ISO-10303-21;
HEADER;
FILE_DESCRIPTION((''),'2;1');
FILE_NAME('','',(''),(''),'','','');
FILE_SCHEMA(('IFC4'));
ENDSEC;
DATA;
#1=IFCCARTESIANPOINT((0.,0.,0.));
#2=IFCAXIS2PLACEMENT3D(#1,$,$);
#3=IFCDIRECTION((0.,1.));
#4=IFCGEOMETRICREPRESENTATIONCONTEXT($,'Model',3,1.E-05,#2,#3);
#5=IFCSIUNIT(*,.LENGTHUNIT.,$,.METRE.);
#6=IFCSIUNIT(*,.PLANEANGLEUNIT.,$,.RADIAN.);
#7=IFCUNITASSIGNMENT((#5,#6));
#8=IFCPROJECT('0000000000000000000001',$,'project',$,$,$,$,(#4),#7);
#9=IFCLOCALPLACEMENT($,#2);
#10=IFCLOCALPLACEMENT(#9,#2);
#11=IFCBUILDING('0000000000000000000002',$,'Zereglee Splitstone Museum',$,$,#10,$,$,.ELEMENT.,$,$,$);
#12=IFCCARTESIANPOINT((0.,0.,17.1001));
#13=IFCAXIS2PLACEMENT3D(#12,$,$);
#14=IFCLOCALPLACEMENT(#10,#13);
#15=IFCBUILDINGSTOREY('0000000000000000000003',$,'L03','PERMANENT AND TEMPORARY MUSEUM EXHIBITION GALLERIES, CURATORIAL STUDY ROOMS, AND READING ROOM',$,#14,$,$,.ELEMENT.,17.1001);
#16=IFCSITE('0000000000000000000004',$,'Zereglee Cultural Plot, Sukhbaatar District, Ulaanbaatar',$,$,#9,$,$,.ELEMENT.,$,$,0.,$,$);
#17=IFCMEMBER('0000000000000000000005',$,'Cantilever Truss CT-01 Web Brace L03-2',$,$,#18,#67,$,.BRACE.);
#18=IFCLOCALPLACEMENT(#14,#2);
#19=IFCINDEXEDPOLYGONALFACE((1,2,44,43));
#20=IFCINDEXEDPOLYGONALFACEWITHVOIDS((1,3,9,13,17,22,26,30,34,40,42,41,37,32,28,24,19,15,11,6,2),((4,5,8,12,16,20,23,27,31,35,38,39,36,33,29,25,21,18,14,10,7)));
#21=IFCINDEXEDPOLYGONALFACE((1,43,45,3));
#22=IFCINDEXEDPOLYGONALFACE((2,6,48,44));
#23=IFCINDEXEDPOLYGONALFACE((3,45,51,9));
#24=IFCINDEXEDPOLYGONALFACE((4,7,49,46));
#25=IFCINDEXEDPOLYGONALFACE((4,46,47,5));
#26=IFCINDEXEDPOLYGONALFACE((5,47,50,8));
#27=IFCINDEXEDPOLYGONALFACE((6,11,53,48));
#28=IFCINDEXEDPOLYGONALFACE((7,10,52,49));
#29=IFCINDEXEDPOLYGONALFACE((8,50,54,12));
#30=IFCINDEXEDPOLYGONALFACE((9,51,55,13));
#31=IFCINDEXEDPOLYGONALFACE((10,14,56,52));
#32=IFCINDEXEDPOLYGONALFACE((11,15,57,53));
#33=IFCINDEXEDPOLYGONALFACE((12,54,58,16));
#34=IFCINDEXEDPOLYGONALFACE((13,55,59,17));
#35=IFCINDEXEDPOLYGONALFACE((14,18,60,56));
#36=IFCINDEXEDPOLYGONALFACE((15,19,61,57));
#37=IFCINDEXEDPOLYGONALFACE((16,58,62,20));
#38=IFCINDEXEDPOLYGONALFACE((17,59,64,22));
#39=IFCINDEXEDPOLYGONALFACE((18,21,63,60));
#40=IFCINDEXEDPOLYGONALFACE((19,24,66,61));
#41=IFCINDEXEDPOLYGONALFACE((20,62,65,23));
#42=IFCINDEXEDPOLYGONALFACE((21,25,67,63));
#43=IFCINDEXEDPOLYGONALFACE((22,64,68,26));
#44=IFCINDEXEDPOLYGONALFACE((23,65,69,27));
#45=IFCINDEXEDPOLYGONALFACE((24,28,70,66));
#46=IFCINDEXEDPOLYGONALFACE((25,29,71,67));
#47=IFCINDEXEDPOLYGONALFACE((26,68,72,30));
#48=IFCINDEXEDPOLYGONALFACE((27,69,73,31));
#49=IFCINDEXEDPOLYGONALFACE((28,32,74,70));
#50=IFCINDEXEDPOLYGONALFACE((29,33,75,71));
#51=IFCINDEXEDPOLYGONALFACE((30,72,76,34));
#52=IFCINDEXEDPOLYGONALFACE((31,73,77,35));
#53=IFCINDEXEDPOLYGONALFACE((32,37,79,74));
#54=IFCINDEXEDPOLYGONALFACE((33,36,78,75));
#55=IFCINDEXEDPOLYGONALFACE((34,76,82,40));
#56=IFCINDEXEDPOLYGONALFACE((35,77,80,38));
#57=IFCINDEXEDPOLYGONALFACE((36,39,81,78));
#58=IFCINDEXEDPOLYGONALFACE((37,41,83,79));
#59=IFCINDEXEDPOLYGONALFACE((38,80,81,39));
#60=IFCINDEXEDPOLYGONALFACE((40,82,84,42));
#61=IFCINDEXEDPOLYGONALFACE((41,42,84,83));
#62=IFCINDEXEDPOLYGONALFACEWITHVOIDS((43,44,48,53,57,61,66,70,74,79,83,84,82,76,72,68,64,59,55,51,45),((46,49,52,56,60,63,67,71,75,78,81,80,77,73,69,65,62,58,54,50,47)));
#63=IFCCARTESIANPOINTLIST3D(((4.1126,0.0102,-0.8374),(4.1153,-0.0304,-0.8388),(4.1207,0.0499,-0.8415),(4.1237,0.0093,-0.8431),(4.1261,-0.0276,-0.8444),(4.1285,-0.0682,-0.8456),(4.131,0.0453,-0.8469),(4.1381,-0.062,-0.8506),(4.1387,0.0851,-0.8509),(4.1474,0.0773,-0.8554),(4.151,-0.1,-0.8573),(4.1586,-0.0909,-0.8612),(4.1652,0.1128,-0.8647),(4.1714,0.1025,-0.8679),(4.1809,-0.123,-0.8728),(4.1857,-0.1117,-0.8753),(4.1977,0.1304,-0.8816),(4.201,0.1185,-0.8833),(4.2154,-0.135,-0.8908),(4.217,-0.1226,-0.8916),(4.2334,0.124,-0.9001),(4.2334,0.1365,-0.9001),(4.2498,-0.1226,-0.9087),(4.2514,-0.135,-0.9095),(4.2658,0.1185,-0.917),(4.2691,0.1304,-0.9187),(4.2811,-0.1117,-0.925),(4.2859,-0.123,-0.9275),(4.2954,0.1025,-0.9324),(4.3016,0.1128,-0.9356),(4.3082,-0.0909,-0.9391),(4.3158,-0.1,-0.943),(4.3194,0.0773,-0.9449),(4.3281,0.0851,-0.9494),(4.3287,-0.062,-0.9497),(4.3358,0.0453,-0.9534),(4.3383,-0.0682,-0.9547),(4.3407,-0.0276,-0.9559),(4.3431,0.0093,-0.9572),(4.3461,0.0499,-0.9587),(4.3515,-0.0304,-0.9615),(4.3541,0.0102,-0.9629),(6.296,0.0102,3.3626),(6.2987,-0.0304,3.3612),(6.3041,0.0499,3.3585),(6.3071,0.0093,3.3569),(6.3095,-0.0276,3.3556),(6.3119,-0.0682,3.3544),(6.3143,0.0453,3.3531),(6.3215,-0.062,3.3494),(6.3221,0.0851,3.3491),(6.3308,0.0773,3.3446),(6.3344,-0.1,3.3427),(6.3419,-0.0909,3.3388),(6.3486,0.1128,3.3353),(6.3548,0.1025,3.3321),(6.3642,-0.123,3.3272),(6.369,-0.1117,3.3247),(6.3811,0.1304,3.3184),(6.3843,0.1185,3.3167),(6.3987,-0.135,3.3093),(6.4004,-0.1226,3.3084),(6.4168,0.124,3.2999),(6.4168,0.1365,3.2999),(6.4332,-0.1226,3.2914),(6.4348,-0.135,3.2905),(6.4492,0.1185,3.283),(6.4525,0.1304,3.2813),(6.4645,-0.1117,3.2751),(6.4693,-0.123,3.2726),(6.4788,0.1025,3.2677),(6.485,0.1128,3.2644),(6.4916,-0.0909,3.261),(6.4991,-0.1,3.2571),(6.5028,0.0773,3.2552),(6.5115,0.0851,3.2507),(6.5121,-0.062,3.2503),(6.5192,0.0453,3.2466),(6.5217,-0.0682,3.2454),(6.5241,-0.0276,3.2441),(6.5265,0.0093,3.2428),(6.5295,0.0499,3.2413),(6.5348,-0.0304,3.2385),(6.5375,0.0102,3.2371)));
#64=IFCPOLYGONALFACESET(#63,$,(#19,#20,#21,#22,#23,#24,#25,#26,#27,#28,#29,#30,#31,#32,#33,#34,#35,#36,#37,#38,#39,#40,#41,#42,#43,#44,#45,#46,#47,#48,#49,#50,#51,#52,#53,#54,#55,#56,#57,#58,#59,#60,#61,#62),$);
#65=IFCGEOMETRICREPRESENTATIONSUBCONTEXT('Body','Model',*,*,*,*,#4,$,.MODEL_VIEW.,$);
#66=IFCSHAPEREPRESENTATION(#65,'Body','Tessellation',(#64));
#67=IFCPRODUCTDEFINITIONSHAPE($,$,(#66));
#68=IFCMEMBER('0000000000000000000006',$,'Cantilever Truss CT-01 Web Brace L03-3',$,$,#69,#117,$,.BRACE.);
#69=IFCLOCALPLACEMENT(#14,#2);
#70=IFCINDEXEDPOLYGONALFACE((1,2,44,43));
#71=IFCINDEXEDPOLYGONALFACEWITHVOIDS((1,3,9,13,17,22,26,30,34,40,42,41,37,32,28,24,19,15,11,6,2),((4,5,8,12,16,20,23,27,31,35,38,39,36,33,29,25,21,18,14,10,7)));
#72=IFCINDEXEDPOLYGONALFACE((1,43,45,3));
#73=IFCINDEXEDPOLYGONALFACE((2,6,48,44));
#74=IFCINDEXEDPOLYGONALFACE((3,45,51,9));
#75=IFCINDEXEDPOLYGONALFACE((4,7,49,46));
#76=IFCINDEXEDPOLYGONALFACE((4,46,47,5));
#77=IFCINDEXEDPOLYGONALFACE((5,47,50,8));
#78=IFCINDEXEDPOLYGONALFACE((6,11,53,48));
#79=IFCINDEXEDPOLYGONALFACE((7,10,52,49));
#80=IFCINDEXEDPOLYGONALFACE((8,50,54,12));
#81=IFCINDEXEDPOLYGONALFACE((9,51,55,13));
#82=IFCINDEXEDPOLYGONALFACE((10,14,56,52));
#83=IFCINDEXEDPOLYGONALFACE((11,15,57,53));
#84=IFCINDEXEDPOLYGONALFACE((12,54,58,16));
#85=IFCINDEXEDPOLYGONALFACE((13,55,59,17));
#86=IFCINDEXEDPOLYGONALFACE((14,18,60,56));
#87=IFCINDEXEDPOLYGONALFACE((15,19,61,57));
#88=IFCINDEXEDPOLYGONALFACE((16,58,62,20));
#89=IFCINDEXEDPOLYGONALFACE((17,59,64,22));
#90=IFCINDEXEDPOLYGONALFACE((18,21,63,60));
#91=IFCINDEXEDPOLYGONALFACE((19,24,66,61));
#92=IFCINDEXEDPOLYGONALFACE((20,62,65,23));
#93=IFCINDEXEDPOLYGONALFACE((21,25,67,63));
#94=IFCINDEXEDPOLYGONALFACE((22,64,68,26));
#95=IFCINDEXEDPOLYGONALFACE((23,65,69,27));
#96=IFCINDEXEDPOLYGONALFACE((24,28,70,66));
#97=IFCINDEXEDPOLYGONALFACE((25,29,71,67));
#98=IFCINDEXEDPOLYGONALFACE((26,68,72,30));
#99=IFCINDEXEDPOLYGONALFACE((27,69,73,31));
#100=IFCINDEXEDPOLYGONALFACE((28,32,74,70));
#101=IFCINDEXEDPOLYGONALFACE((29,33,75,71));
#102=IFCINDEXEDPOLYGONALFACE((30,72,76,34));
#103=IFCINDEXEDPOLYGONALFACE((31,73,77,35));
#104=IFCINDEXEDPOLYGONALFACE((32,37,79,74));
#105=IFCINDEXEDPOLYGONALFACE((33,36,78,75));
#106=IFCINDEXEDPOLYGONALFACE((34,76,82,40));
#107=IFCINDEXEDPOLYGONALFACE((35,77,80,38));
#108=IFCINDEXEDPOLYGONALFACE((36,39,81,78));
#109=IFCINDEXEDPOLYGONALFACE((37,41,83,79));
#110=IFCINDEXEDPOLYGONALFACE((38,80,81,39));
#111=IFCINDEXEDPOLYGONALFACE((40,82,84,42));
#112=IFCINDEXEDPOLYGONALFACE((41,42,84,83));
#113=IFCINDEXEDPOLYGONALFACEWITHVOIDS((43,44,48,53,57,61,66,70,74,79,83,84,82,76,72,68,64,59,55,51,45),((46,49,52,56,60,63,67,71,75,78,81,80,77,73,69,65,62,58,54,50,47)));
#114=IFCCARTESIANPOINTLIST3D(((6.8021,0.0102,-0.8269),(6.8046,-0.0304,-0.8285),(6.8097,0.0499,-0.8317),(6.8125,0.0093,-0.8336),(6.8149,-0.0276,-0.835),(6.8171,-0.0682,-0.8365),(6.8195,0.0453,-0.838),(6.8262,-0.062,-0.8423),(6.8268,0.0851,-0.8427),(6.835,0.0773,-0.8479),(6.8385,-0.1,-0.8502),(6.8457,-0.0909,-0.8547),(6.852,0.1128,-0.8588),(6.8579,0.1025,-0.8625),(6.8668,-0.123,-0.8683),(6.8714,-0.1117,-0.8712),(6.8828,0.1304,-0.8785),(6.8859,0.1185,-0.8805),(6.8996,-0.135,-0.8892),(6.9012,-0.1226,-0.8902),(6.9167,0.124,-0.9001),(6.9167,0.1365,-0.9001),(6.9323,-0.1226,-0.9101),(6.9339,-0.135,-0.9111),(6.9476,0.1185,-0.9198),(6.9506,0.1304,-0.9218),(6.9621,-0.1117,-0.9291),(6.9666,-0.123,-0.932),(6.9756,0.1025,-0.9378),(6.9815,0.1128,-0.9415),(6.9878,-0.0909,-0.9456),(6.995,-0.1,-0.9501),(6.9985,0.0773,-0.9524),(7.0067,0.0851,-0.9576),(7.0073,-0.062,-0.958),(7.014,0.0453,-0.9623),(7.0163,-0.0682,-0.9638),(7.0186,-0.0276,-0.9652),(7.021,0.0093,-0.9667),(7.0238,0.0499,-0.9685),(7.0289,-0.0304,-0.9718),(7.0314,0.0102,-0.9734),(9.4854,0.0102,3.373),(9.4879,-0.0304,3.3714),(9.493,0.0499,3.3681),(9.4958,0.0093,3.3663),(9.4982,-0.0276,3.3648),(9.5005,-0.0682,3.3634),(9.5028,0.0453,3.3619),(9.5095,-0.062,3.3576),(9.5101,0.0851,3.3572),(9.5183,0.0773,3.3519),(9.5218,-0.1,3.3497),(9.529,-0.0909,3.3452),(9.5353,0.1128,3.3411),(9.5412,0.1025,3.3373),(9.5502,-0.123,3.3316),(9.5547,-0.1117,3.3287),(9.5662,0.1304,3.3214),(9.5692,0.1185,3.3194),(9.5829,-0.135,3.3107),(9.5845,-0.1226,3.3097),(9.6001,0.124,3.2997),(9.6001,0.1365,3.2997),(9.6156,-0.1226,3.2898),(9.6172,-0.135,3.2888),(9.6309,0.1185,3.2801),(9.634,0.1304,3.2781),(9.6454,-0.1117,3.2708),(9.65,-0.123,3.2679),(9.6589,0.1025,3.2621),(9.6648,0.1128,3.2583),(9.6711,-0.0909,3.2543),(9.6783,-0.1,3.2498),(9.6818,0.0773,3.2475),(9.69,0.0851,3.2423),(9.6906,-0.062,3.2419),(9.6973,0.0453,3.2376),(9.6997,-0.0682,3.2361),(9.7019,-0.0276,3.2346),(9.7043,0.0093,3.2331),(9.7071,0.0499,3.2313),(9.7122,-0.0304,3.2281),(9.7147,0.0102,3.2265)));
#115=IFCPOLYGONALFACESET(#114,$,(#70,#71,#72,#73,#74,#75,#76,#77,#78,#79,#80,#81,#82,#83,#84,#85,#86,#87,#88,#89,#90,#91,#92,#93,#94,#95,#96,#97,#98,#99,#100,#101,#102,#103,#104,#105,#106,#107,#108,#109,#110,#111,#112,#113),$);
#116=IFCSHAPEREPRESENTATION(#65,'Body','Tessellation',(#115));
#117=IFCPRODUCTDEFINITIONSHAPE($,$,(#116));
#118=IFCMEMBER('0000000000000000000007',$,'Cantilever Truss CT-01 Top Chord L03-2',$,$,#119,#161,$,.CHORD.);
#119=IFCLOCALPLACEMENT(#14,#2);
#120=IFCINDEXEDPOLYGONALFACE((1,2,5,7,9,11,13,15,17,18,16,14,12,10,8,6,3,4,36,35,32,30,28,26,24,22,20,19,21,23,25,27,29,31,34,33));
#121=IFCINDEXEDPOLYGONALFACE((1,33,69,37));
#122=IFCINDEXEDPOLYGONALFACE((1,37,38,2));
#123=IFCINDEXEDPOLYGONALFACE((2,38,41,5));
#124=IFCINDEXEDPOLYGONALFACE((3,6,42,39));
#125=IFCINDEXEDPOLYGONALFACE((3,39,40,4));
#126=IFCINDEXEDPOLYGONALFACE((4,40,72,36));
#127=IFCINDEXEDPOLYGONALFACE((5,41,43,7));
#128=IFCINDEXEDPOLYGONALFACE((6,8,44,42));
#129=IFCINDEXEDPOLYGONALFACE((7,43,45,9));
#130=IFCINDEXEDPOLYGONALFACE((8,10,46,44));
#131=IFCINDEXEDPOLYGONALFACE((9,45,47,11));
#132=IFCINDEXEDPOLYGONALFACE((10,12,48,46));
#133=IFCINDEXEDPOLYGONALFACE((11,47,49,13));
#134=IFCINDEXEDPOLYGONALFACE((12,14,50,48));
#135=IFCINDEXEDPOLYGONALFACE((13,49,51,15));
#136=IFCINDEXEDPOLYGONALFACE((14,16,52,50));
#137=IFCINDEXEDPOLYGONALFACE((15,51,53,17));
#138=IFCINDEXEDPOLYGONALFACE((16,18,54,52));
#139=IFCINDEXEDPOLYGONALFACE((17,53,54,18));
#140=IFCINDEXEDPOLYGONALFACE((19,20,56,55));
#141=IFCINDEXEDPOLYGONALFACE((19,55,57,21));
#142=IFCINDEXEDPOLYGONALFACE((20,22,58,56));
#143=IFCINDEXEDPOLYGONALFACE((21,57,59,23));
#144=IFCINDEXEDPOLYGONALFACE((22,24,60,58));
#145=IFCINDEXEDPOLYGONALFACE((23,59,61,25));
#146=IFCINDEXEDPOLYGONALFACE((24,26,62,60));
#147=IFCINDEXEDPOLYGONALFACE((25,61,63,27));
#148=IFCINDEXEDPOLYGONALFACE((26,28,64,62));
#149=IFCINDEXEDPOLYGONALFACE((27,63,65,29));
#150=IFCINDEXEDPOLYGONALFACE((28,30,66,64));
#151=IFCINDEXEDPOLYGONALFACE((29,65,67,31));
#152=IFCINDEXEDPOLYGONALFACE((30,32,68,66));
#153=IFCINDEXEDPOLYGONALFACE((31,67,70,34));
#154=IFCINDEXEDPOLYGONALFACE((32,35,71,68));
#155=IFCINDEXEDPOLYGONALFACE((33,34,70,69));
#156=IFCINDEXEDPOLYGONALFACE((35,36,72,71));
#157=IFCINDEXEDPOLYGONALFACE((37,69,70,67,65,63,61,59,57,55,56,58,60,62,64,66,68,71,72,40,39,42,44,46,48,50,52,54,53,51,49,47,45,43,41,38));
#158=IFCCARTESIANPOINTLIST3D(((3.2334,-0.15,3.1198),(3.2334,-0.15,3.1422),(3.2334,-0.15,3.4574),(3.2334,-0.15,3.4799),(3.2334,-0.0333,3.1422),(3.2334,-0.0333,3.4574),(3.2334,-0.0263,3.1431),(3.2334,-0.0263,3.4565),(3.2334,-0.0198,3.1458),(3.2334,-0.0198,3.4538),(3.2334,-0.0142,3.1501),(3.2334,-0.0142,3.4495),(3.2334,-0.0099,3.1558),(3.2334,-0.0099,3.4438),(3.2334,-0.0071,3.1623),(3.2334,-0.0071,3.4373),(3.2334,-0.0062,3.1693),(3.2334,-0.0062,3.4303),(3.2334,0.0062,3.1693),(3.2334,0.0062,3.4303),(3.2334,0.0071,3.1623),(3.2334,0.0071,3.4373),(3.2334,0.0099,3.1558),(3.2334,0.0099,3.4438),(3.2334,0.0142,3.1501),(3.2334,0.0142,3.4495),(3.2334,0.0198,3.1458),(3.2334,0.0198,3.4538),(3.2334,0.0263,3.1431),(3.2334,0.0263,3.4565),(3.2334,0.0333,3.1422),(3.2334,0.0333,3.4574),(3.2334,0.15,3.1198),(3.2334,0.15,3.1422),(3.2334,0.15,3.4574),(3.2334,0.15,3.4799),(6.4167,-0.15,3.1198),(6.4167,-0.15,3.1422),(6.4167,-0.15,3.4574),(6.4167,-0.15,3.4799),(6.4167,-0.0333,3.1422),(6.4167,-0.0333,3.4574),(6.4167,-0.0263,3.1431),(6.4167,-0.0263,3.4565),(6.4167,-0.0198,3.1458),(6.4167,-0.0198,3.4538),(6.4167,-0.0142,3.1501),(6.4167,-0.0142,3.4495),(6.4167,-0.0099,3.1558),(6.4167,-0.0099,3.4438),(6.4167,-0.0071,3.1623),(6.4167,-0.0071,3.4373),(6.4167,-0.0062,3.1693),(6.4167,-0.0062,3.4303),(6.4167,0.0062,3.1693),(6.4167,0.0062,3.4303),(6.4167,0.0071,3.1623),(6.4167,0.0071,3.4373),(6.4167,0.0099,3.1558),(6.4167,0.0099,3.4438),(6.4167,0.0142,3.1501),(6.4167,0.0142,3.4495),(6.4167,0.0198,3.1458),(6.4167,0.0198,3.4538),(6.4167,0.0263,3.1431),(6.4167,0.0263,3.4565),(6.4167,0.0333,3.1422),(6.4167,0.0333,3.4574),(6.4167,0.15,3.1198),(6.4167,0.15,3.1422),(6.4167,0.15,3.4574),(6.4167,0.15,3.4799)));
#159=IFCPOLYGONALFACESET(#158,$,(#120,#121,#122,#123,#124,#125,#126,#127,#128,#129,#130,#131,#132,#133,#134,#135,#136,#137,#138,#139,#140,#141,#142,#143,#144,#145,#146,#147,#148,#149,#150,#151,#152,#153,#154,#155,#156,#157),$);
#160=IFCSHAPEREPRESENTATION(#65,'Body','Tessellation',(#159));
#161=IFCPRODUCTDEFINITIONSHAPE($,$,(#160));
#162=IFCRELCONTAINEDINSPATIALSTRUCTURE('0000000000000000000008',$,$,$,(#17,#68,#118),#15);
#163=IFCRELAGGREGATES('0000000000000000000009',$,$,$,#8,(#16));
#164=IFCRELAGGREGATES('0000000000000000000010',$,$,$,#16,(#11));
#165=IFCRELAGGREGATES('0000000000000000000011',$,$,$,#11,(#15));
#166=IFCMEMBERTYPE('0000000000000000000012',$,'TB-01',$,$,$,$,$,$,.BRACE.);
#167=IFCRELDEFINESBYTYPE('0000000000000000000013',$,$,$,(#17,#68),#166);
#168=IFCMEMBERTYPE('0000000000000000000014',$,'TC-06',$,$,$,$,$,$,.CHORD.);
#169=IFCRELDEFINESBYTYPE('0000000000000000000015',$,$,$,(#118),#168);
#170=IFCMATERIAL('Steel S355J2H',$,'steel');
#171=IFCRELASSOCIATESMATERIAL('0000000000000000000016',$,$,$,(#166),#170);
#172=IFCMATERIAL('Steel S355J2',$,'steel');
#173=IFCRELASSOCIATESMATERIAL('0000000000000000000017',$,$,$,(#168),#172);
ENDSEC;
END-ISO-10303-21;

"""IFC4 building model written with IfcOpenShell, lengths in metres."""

from ifc_helpers import new_model, si_unit, direction, frame, origin, origin_2d, place, context, subcontext, project, spatial, hollow_circle, i_section, extrude, material, material_profile, profile_set, type_object, element, save


model = new_model("IFC4")

# Units and contexts
model_context = context("Model", 3, precision=1e-05, world=origin(), true_north=direction((0.0, 1.0)))
body_context = subcontext(model_context, "Body", "Model", "MODEL_VIEW")
ifc_project = project(units=[si_unit("LENGTHUNIT", "METRE"), si_unit("PLANEANGLEUNIT", "RADIAN")], contexts=[model_context])

# Site, building, storey
site_placement = place(None, origin())
site = spatial("IfcSite", under=ifc_project, at=site_placement, Name="Zereglee Cultural Plot, Sukhbaatar District, Ulaanbaatar", CompositionType="ELEMENT", RefElevation=0.0)
building_placement = place(site_placement, origin())
building = spatial("IfcBuilding", under=site, at=building_placement, Name="Zereglee Splitstone Museum", CompositionType="ELEMENT")
storey_placement = place(building_placement, frame((0.0, 0.0, 17.1001)))
storey = spatial("IfcBuildingStorey", under=building, at=storey_placement, Name="L03", Description="PERMANENT AND TEMPORARY MUSEUM EXHIBITION GALLERIES, CURATORIAL STUDY ROOMS, AND READING ROOM", CompositionType="ELEMENT", Elevation=17.1001)

# Members
ifc_material_1 = material(Name="Steel S355J2H", Category="steel")
ifc_material_profile_1 = material_profile(ifc_material_1, hollow_circle(Radius=0.1365, WallThickness=0.0125, at=origin_2d()), Name="CHS 273.0x12.5")
ifc_profile_set_1 = profile_set([ifc_material_profile_1], Name="Steel S355J2H")
member_type_1 = type_object("IfcMemberType", Name="TB-01", PredefinedType="BRACE", material=ifc_profile_set_1)
member_1_placement = place(storey_placement, frame((4.2334, 0.0, -0.9001), z_axis=(0.461249, 0.0, 0.887271), x_axis=(0.0, 1.0, 0.0)))
element("IfcMember", 1, at=member_1_placement, inside=storey, type_object=member_type_1, Name="Cantilever Truss CT-01 Web Brace L03-2", PredefinedType="BRACE", context=body_context, shape_type="SweptSolid", body=[
    extrude(hollow_circle(Radius=0.1365, WallThickness=0.0125, at=origin_2d()), origin(), (0.0, 0.0, 1.0), 4.7336),
])
member_2_placement = place(storey_placement, frame((6.9167, 0.0, -0.9001), z_axis=(0.538396, 0.0, 0.842692), x_axis=(0.0, 1.0, 0.0)))
element("IfcMember", 2, at=member_2_placement, inside=storey, type_object=member_type_1, Name="Cantilever Truss CT-01 Web Brace L03-3", PredefinedType="BRACE", context=body_context, shape_type="SweptSolid", body=[
    extrude(hollow_circle(Radius=0.1365, WallThickness=0.0125, at=origin_2d()), origin(), (0.0, 0.0, 1.0), 4.9839),
])
ifc_material_2 = material(Name="Steel S355J2", Category="steel")
ifc_material_profile_2 = material_profile(ifc_material_2, i_section(OverallWidth=0.3, OverallDepth=0.3601, WebThickness=0.0125, FlangeThickness=0.0225, FilletRadius=0.0271, at=origin_2d()), Name="HE 360 B")
ifc_profile_set_2 = profile_set([ifc_material_profile_2], Name="Steel S355J2")
member_type_2 = type_object("IfcMemberType", Name="TC-06", PredefinedType="CHORD", material=ifc_profile_set_2)
for number, where, z_axis, x_axis, name in (
    (3, (3.2334, 0.0, 3.2998), (1.0, 0.0, 0.0), (0.0, 1.0, 0.0), "Cantilever Truss CT-01 Top Chord L03-2"),
):
    element("IfcMember", number, at=place(storey_placement, frame(where, z_axis=z_axis, x_axis=x_axis)), inside=storey, type_object=member_type_2, Name=name, PredefinedType="CHORD", context=body_context, shape_type="SweptSolid", body=[
        extrude(i_section(OverallWidth=0.3, OverallDepth=0.3601, WebThickness=0.0125, FlangeThickness=0.0225, FilletRadius=0.0271, at=origin_2d()), origin(), (0.0, 0.0, 1.0), 3.1833),
    ])

save(model, "model.ifc")
